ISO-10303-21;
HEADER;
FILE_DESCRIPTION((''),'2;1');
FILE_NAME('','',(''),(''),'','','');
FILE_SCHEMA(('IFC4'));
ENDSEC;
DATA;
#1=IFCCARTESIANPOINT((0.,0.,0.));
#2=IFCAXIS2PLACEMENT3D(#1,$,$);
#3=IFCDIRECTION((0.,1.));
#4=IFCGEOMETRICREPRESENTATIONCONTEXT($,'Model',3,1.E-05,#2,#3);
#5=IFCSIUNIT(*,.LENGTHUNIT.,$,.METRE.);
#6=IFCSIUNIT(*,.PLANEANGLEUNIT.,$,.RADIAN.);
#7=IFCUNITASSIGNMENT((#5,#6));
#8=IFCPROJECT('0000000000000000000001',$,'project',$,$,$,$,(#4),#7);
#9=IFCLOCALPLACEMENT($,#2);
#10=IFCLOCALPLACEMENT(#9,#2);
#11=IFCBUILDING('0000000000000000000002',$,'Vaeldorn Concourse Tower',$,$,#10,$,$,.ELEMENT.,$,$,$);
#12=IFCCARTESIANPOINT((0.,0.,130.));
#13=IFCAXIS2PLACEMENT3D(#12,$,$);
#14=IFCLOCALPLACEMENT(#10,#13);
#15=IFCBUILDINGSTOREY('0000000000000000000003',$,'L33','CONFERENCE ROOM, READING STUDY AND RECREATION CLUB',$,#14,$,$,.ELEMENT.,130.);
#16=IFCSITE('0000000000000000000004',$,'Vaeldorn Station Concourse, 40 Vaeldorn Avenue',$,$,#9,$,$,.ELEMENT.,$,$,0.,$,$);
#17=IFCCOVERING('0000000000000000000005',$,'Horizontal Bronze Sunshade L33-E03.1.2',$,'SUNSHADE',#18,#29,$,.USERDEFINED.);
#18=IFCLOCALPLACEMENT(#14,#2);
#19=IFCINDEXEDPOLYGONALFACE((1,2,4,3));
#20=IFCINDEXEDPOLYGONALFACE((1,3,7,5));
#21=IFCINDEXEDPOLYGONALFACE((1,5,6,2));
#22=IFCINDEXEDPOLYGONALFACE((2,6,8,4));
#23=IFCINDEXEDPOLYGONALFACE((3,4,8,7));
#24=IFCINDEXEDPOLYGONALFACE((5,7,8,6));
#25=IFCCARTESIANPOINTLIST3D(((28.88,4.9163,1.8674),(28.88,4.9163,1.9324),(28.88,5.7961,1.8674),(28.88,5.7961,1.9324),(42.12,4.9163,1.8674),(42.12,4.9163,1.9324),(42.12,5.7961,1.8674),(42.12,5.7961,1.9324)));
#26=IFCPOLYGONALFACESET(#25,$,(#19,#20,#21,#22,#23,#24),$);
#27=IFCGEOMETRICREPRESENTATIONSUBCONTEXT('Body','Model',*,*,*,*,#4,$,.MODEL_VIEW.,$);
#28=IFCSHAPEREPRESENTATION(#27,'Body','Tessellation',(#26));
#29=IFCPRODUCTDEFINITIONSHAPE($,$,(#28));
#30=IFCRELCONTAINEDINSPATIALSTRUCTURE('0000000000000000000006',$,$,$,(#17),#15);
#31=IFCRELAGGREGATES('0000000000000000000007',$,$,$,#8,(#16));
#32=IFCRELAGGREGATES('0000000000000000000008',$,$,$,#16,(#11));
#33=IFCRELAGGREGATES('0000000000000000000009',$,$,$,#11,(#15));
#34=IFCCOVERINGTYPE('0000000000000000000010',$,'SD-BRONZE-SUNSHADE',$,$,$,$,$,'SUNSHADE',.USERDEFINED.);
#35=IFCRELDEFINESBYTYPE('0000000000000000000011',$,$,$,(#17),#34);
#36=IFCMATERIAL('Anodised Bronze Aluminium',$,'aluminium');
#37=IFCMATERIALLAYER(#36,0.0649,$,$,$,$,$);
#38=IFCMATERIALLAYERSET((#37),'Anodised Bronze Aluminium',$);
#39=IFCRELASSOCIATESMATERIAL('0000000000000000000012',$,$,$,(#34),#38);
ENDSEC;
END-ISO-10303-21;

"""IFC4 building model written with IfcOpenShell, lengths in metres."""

from ifc_helpers import new_model, si_unit, direction, frame, origin, origin_2d, place, context, subcontext, project, spatial, rectangle, extrude, source, transform, mapped, material, layer, layer_set, type_object, element, save


model = new_model("IFC4")

# Units and contexts
model_context = context("Model", 3, precision=1e-05, world=origin(), true_north=direction((0.0, 1.0)))
body_context = subcontext(model_context, "Body", "Model", "MODEL_VIEW")
ifc_project = project(units=[si_unit("LENGTHUNIT", "METRE"), si_unit("PLANEANGLEUNIT", "RADIAN")], contexts=[model_context])

# Site, building, storey
site_placement = place(None, origin())
site = spatial("IfcSite", under=ifc_project, at=site_placement, Name="Vaeldorn Station Concourse, 40 Vaeldorn Avenue", CompositionType="ELEMENT", RefElevation=0.0)
building_placement = place(site_placement, origin())
building = spatial("IfcBuilding", under=site, at=building_placement, Name="Vaeldorn Concourse Tower", CompositionType="ELEMENT")
storey_placement = place(building_placement, frame((0.0, 0.0, 130.0)))
storey = spatial("IfcBuildingStorey", under=building, at=storey_placement, Name="L33", Description="CONFERENCE ROOM, READING STUDY AND RECREATION CLUB", CompositionType="ELEMENT", Elevation=130.0)

# Shared definitions
ifc_material_1 = material(Name="Anodised Bronze Aluminium", Category="aluminium")

# Covering
ifc_layer_1 = layer(ifc_material_1, 0.0649)
ifc_layer_set_1 = layer_set([ifc_layer_1], Name="Anodised Bronze Aluminium")
covering_type = type_object("IfcCoveringType", Name="SD-BRONZE-SUNSHADE", ElementType="SUNSHADE", PredefinedType="USERDEFINED", material=ifc_layer_set_1)
shared_shape_1 = source(origin(), body_context, "Body", "SweptSolid", [
    extrude(rectangle(XDim=13.24, YDim=0.8799, at=origin_2d()), origin(), (0.0, 0.0, 1.0), 0.0649),
])
for number, where, z_axis, x_axis, name in (
    (1, (35.5, 5.3562, 1.8674), (0.0, 0.0, 1.0), (1.0, 0.0, 0.0), "Horizontal Bronze Sunshade L33-E03.1.2"),
):
    element("IfcCovering", number, at=place(storey_placement, frame(where, z_axis=z_axis, x_axis=x_axis)), inside=storey, type_object=covering_type, Name=name, ObjectType="SUNSHADE", PredefinedType="USERDEFINED", context=body_context, shape_type="MappedRepresentation", body=[
        mapped(shared_shape_1, transform((0.0, 0.0, 0.0), scale=1.0)),
    ])

save(model, "model.ifc")
